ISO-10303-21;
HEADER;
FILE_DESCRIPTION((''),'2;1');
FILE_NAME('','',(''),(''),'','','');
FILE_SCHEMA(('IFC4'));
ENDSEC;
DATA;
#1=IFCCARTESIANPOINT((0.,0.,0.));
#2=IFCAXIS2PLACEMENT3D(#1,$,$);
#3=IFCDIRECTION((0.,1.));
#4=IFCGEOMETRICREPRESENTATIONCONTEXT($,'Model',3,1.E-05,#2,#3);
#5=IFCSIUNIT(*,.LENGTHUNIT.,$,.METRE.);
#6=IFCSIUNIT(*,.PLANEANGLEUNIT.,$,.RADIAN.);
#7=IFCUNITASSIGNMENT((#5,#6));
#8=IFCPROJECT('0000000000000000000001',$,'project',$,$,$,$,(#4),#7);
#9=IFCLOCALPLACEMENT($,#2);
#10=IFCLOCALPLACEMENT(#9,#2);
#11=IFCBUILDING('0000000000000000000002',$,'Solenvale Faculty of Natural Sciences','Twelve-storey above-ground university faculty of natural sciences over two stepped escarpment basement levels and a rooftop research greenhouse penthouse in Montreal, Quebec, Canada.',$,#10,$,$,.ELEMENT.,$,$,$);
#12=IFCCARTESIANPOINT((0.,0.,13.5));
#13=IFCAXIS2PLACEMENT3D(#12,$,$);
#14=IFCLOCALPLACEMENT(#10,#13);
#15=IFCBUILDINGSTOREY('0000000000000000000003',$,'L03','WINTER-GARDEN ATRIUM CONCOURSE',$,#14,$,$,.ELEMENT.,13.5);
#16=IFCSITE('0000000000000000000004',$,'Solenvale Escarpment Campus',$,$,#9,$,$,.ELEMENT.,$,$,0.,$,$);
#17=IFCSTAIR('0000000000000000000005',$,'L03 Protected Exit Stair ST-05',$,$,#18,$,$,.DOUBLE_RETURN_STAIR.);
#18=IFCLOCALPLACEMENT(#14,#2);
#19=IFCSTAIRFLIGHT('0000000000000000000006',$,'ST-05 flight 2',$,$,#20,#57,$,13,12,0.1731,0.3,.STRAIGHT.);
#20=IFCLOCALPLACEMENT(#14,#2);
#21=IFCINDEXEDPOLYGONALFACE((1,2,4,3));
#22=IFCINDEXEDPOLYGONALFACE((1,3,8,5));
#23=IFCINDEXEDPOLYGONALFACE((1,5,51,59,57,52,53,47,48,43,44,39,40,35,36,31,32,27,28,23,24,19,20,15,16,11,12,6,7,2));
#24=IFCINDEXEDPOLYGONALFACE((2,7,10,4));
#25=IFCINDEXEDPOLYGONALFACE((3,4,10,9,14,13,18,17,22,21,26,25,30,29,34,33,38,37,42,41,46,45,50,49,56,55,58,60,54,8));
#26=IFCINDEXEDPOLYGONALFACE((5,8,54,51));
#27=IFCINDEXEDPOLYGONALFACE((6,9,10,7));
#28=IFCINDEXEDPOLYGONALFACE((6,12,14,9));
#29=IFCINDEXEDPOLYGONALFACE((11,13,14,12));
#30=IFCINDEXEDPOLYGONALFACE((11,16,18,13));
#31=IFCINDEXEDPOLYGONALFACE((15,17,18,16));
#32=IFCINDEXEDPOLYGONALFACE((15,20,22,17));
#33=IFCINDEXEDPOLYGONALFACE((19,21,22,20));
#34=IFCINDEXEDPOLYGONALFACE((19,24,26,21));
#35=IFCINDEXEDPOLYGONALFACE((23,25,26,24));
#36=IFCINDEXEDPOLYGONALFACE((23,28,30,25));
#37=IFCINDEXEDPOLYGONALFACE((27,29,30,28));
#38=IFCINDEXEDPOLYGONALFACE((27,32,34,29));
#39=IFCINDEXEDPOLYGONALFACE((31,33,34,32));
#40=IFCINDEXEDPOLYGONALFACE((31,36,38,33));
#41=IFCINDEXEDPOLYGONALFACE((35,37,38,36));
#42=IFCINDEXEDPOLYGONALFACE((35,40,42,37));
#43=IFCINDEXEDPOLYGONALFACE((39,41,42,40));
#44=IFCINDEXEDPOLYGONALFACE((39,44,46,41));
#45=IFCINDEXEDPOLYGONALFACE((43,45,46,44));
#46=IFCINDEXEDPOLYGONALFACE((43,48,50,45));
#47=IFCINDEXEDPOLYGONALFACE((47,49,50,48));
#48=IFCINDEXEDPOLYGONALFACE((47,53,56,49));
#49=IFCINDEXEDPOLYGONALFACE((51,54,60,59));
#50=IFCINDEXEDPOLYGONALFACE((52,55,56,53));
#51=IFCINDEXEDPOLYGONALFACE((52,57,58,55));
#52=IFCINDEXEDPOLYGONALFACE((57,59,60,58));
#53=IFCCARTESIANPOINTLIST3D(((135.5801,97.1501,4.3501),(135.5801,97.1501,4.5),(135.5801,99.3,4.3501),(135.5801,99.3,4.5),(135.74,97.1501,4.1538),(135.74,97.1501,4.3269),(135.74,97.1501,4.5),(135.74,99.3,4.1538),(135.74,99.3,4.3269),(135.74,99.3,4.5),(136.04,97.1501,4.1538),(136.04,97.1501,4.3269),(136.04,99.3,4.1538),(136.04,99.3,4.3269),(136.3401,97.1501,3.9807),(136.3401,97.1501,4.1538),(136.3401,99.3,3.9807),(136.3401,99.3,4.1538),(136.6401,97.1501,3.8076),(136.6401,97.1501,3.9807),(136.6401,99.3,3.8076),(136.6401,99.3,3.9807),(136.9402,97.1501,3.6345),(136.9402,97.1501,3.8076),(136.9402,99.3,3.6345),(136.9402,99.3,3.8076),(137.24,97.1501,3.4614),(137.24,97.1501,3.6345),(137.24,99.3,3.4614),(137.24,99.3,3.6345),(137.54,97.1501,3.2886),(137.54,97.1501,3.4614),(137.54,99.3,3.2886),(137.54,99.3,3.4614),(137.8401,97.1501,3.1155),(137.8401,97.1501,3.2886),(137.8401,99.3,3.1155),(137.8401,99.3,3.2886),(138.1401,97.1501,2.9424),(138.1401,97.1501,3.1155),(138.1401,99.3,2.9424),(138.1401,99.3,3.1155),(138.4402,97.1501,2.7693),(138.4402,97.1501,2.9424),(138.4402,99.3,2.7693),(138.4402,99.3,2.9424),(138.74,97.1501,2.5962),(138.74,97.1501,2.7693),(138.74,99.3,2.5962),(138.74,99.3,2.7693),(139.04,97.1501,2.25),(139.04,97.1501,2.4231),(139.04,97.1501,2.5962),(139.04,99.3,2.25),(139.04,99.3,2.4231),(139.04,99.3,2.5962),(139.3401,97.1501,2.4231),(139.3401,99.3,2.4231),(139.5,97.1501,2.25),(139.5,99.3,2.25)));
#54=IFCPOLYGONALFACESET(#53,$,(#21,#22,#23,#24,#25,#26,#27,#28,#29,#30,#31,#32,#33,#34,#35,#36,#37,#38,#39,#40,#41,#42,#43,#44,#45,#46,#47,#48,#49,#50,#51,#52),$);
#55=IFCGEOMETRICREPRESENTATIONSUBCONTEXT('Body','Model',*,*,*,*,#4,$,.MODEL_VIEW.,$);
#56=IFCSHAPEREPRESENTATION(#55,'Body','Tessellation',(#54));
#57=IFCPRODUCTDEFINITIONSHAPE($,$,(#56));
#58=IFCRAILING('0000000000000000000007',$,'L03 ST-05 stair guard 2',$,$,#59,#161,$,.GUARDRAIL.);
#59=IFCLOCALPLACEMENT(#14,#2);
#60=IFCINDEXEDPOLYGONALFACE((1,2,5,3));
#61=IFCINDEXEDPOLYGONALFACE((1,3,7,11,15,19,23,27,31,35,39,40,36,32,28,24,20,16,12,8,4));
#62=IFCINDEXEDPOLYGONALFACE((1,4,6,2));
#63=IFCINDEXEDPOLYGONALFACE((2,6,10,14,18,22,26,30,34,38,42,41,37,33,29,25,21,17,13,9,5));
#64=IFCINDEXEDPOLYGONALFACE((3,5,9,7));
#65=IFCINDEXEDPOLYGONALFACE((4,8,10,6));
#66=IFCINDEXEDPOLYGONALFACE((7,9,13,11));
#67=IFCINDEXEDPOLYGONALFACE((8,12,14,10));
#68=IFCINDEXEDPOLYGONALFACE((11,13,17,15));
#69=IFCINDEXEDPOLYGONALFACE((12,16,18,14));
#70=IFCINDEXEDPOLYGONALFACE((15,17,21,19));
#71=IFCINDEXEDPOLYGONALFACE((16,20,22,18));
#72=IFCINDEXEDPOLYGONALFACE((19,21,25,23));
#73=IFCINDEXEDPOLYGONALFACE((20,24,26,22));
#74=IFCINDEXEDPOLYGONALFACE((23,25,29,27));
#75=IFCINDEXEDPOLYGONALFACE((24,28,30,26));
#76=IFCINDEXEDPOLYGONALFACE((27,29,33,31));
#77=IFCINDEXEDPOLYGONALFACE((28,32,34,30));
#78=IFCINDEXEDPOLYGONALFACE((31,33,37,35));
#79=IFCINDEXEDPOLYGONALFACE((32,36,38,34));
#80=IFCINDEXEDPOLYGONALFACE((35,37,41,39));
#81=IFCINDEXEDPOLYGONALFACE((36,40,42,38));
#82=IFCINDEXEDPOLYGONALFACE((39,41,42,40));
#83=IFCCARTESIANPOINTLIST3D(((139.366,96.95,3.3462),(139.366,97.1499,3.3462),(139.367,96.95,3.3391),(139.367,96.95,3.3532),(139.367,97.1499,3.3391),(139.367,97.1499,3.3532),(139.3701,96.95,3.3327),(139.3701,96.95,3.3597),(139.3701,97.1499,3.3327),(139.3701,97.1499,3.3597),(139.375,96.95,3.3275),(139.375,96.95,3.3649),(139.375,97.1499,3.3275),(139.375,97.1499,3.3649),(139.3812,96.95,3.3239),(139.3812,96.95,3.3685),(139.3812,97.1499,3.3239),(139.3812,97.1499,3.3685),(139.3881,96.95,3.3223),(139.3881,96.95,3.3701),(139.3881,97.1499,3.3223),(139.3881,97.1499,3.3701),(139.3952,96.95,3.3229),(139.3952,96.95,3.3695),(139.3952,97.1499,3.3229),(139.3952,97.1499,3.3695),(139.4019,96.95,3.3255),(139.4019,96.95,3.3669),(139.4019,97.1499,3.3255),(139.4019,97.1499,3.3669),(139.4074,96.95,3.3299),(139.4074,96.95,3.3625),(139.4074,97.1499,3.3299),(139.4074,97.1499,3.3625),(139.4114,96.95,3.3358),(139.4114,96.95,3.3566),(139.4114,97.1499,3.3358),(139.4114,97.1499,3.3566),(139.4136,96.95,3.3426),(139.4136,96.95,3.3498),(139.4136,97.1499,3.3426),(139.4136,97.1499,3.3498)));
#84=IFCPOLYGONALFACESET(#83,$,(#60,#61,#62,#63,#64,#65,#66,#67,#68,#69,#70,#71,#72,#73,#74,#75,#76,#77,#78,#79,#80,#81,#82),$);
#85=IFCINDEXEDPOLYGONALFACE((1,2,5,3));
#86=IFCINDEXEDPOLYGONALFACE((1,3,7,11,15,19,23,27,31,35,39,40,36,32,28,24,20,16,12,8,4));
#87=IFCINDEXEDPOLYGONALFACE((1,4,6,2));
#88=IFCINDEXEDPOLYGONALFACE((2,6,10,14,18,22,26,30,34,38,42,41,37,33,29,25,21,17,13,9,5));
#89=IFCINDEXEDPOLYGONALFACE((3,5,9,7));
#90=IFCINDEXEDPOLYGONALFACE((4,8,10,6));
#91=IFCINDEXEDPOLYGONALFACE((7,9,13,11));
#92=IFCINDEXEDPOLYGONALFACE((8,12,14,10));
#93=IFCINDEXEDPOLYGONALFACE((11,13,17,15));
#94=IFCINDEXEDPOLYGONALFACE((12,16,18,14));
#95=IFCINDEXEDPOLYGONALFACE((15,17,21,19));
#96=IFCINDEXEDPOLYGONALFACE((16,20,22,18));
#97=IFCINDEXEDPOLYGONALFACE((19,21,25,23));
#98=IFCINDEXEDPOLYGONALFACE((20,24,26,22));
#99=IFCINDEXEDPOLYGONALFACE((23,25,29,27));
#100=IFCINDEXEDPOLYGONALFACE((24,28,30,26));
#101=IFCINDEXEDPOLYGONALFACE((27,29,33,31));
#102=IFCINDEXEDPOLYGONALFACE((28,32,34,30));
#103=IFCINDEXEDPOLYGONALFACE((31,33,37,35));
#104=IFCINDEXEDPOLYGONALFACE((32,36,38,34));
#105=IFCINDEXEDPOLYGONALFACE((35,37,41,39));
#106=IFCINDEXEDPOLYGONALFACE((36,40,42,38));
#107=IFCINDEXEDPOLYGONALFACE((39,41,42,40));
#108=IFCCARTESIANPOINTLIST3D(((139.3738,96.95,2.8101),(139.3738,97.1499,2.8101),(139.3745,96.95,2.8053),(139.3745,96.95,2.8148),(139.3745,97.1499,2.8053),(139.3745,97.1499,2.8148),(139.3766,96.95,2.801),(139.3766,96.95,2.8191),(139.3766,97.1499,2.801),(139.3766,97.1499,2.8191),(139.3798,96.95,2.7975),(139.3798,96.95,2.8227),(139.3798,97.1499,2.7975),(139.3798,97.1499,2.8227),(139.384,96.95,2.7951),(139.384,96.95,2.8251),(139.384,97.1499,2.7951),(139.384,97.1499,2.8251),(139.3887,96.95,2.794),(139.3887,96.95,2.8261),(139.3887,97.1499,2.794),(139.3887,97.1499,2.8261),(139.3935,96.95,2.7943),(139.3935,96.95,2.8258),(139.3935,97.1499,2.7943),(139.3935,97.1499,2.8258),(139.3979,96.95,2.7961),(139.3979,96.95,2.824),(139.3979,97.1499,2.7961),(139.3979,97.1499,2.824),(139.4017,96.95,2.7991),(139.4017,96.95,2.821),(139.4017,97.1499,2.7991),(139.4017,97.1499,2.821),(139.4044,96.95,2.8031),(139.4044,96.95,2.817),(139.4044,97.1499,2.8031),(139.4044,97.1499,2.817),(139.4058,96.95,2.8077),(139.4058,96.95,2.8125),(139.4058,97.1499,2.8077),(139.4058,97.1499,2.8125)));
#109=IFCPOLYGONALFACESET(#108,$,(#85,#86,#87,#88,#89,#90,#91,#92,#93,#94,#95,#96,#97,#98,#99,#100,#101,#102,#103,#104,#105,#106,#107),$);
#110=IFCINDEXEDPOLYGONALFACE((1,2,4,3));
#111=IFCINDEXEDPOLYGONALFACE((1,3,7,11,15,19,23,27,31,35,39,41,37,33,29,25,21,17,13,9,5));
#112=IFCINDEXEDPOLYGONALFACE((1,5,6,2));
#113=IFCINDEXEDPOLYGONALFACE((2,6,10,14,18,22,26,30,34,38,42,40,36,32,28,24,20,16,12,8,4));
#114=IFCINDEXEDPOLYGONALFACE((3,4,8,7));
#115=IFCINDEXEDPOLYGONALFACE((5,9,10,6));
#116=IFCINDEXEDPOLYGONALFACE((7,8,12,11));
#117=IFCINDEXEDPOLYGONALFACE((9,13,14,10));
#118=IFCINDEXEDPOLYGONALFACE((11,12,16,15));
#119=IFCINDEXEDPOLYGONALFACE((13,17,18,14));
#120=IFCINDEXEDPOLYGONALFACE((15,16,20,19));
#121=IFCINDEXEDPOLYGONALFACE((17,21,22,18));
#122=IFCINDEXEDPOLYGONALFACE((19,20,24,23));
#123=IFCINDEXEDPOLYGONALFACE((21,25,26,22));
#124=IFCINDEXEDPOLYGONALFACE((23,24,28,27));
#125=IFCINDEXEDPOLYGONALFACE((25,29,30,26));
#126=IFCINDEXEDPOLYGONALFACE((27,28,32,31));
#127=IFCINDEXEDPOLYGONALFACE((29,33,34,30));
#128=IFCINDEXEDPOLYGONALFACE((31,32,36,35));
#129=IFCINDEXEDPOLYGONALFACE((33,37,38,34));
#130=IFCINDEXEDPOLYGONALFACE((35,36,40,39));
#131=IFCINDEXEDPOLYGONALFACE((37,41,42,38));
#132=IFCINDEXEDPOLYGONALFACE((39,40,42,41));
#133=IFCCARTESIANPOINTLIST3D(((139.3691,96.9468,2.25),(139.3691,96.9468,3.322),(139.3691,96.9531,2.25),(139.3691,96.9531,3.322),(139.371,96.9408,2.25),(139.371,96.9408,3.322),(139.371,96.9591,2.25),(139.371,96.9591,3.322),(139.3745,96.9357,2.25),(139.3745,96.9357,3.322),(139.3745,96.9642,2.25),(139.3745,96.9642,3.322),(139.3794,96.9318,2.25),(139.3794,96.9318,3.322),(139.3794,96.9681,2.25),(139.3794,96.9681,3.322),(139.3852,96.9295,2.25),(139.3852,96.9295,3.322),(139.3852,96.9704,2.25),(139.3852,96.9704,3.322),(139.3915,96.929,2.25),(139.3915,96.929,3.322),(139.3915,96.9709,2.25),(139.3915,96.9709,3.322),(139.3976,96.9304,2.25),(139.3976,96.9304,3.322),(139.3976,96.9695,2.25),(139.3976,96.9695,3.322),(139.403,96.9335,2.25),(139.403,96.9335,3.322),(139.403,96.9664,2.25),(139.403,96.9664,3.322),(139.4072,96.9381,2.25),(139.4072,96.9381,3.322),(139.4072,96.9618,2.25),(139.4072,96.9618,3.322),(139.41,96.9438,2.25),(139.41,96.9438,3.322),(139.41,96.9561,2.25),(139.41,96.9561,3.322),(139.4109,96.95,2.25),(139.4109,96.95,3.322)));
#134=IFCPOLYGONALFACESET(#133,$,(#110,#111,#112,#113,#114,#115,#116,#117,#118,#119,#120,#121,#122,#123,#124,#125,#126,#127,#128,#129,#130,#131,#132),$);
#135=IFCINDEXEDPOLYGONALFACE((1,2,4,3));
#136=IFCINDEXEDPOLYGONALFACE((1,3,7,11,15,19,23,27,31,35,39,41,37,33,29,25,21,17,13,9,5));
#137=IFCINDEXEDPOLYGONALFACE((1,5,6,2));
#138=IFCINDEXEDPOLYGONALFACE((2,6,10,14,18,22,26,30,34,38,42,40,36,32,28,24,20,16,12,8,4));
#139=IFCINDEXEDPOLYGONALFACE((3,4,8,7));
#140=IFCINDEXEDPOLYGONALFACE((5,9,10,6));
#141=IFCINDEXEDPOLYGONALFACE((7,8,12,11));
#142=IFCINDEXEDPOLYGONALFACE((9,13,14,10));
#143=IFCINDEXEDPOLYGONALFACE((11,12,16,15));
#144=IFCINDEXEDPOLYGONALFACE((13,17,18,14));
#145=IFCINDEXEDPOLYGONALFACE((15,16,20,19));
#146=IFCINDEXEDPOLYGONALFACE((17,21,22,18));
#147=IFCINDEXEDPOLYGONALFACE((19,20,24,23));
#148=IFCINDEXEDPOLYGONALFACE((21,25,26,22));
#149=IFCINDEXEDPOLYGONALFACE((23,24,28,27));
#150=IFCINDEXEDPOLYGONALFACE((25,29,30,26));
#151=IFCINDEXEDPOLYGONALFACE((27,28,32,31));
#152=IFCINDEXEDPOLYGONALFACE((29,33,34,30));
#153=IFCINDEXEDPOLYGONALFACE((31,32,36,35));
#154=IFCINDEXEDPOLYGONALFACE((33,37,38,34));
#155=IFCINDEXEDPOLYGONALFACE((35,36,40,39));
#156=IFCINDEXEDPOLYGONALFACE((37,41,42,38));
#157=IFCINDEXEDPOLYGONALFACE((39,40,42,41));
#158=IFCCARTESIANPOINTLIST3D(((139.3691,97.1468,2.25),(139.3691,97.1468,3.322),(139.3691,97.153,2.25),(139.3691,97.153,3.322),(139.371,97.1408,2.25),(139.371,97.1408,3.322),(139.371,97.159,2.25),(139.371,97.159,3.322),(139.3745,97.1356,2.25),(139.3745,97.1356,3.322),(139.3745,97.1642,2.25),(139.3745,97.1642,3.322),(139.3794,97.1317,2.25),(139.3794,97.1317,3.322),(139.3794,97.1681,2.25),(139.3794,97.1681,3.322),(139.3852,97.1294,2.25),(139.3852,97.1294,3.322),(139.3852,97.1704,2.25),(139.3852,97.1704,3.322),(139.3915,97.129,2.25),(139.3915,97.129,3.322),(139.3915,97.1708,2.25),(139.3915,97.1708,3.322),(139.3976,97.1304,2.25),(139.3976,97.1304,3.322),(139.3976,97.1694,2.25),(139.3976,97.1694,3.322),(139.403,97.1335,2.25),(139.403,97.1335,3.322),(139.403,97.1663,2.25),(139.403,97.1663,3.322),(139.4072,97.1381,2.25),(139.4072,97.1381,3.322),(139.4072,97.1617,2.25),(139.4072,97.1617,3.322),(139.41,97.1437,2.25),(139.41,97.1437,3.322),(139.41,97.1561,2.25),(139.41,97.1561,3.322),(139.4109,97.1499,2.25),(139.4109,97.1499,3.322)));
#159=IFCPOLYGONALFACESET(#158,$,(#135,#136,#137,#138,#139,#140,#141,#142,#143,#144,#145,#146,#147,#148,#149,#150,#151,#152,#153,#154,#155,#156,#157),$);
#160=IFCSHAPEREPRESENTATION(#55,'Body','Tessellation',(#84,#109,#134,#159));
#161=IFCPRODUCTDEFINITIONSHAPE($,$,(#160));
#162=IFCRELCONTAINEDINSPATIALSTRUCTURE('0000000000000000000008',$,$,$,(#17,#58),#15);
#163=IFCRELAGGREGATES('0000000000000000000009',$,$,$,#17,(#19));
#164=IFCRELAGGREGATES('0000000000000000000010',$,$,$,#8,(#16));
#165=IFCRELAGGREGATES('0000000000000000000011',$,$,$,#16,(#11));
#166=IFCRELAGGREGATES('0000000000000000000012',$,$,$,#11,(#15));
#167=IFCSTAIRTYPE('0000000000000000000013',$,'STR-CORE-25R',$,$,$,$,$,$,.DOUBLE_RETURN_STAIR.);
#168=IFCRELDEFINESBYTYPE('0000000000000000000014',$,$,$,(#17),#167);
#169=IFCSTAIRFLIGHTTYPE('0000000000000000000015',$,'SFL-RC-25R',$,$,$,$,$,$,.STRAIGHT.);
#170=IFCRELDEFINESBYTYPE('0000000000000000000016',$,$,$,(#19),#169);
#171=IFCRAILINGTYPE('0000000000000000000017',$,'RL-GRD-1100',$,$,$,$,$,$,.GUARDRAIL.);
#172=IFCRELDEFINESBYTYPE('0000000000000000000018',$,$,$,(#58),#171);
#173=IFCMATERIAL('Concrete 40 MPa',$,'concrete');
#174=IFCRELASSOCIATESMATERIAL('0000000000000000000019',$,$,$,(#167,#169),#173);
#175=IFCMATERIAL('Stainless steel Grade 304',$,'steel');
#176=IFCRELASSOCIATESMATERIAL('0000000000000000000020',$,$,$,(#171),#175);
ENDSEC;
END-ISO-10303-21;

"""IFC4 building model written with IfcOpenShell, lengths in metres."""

from ifc_helpers import new_model, si_unit, direction, frame, origin, origin_2d, place, context, subcontext, project, spatial, polyline, circle, outline, extrude, material, type_object, element, aggregate, save


model = new_model("IFC4")

# Units and contexts
model_context = context("Model", 3, precision=1e-05, world=origin(), true_north=direction((0.0, 1.0)))
body_context = subcontext(model_context, "Body", "Model", "MODEL_VIEW")
ifc_project = project(units=[si_unit("LENGTHUNIT", "METRE"), si_unit("PLANEANGLEUNIT", "RADIAN")], contexts=[model_context])

# Site, building, storey
site_placement = place(None, origin())
site = spatial("IfcSite", under=ifc_project, at=site_placement, Name="Solenvale Escarpment Campus", CompositionType="ELEMENT", RefElevation=0.0)
building_placement = place(site_placement, origin())
building = spatial("IfcBuilding", under=site, at=building_placement, Name="Solenvale Faculty of Natural Sciences", Description="Twelve-storey above-ground university faculty of natural sciences over two stepped escarpment basement levels and a rooftop research greenhouse penthouse in Montreal, Quebec, Canada.", CompositionType="ELEMENT")
storey_placement = place(building_placement, frame((0.0, 0.0, 13.5)))
storey = spatial("IfcBuildingStorey", under=building, at=storey_placement, Name="L03", Description="WINTER-GARDEN ATRIUM CONCOURSE", CompositionType="ELEMENT", Elevation=13.5)

# Shared definitions
ifc_material_1 = material(Name="Concrete 40 MPa", Category="concrete")

# Shared definitions
ifc_material_2 = material(Name="Stainless steel Grade 304", Category="steel")

# Stair, stair flight
stair_type = type_object("IfcStairType", Name="STR-CORE-25R", PredefinedType="DOUBLE_RETURN_STAIR", material=ifc_material_1)
stair_placement = place(storey_placement, origin())
stair = element("IfcStair", 1, at=stair_placement, inside=storey, type_object=stair_type, Name="L03 Protected Exit Stair ST-05", PredefinedType="DOUBLE_RETURN_STAIR")
stair_flight_type = type_object("IfcStairFlightType", Name="SFL-RC-25R", PredefinedType="STRAIGHT", material=ifc_material_1)
stair_flight_placement = place(storey_placement, frame((139.3401, 98.2251, 2.25), z_axis=(0.0, 0.0, 1.0), x_axis=(-1.0, 0.0, 0.0)))
stair_flight = element("IfcStairFlight", 2, at=stair_flight_placement, type_object=stair_flight_type, Name="ST-05 flight 2", NumberOfRisers=13, NumberOfTreads=12, PredefinedType="STRAIGHT", RiserHeight=0.1731, TreadLength=0.3, context=body_context, shape_type="SweptSolid", body=[
    extrude(outline(polyline([(-0.1599, 0.0), (0.0, 0.1731), (0.3, 0.1731), (0.3, 0.3462), (0.6001, 0.3462), (0.6001, 0.5193), (0.8999, 0.5193), (0.8999, 0.6924), (1.2, 0.6924), (1.2, 0.8655), (1.5, 0.8655), (1.5, 1.0386), (1.8, 1.0386), (1.8, 1.2114), (2.1001, 1.2114), (2.1001, 1.3845), (2.3999, 1.3845), (2.3999, 1.5576), (2.7, 1.5576), (2.7, 1.7307), (3.0, 1.7307), (3.0, 1.9038), (3.3, 1.9038), (3.3, 2.0769), (3.6001, 2.0769), (3.6001, 2.25), (3.76, 2.25), (3.76, 2.1001), (3.6001, 1.9038), (0.3, 0.0), (-0.1599, 0.0)])), frame((0.0, 1.075, 0.0), z_axis=(0.0, -1.0, 0.0), x_axis=(1.0, 0.0, 0.0)), (0.0, 0.0, 1.0), 2.1499),
])
aggregate(stair, [stair_flight])

# Railing
railing_type_1 = type_object("IfcRailingType", Name="RL-GRD-1100", PredefinedType="GUARDRAIL", material=ifc_material_2)
railing_1_placement = place(storey_placement, frame((139.3899, 96.95, 2.25)))
element("IfcRailing", 3, at=railing_1_placement, inside=storey, type_object=railing_type_1, Name="L03 ST-05 stair guard 2", PredefinedType="GUARDRAIL", context=body_context, shape_type="SweptSolid", body=[
    extrude(circle(Radius=0.0239, at=origin_2d()), frame((0.0, 0.0, 1.0962), z_axis=(0.0, 1.0, 0.0), x_axis=(-1.0, 0.0, 0.0)), (0.0, 0.0, 1.0), 0.2),
    extrude(circle(Radius=0.0161, at=origin_2d()), frame((0.0, 0.0, 0.5601), z_axis=(0.0, 1.0, 0.0), x_axis=(-1.0, 0.0, 0.0)), (0.0, 0.0, 1.0), 0.2),
    extrude(circle(Radius=0.021, at=origin_2d()), origin(), (0.0, 0.0, 1.0), 1.072),
    extrude(circle(Radius=0.021, at=origin_2d()), frame((0.0, 0.2, 0.0)), (0.0, 0.0, 1.0), 1.072),
])

save(model, "model.ifc")
